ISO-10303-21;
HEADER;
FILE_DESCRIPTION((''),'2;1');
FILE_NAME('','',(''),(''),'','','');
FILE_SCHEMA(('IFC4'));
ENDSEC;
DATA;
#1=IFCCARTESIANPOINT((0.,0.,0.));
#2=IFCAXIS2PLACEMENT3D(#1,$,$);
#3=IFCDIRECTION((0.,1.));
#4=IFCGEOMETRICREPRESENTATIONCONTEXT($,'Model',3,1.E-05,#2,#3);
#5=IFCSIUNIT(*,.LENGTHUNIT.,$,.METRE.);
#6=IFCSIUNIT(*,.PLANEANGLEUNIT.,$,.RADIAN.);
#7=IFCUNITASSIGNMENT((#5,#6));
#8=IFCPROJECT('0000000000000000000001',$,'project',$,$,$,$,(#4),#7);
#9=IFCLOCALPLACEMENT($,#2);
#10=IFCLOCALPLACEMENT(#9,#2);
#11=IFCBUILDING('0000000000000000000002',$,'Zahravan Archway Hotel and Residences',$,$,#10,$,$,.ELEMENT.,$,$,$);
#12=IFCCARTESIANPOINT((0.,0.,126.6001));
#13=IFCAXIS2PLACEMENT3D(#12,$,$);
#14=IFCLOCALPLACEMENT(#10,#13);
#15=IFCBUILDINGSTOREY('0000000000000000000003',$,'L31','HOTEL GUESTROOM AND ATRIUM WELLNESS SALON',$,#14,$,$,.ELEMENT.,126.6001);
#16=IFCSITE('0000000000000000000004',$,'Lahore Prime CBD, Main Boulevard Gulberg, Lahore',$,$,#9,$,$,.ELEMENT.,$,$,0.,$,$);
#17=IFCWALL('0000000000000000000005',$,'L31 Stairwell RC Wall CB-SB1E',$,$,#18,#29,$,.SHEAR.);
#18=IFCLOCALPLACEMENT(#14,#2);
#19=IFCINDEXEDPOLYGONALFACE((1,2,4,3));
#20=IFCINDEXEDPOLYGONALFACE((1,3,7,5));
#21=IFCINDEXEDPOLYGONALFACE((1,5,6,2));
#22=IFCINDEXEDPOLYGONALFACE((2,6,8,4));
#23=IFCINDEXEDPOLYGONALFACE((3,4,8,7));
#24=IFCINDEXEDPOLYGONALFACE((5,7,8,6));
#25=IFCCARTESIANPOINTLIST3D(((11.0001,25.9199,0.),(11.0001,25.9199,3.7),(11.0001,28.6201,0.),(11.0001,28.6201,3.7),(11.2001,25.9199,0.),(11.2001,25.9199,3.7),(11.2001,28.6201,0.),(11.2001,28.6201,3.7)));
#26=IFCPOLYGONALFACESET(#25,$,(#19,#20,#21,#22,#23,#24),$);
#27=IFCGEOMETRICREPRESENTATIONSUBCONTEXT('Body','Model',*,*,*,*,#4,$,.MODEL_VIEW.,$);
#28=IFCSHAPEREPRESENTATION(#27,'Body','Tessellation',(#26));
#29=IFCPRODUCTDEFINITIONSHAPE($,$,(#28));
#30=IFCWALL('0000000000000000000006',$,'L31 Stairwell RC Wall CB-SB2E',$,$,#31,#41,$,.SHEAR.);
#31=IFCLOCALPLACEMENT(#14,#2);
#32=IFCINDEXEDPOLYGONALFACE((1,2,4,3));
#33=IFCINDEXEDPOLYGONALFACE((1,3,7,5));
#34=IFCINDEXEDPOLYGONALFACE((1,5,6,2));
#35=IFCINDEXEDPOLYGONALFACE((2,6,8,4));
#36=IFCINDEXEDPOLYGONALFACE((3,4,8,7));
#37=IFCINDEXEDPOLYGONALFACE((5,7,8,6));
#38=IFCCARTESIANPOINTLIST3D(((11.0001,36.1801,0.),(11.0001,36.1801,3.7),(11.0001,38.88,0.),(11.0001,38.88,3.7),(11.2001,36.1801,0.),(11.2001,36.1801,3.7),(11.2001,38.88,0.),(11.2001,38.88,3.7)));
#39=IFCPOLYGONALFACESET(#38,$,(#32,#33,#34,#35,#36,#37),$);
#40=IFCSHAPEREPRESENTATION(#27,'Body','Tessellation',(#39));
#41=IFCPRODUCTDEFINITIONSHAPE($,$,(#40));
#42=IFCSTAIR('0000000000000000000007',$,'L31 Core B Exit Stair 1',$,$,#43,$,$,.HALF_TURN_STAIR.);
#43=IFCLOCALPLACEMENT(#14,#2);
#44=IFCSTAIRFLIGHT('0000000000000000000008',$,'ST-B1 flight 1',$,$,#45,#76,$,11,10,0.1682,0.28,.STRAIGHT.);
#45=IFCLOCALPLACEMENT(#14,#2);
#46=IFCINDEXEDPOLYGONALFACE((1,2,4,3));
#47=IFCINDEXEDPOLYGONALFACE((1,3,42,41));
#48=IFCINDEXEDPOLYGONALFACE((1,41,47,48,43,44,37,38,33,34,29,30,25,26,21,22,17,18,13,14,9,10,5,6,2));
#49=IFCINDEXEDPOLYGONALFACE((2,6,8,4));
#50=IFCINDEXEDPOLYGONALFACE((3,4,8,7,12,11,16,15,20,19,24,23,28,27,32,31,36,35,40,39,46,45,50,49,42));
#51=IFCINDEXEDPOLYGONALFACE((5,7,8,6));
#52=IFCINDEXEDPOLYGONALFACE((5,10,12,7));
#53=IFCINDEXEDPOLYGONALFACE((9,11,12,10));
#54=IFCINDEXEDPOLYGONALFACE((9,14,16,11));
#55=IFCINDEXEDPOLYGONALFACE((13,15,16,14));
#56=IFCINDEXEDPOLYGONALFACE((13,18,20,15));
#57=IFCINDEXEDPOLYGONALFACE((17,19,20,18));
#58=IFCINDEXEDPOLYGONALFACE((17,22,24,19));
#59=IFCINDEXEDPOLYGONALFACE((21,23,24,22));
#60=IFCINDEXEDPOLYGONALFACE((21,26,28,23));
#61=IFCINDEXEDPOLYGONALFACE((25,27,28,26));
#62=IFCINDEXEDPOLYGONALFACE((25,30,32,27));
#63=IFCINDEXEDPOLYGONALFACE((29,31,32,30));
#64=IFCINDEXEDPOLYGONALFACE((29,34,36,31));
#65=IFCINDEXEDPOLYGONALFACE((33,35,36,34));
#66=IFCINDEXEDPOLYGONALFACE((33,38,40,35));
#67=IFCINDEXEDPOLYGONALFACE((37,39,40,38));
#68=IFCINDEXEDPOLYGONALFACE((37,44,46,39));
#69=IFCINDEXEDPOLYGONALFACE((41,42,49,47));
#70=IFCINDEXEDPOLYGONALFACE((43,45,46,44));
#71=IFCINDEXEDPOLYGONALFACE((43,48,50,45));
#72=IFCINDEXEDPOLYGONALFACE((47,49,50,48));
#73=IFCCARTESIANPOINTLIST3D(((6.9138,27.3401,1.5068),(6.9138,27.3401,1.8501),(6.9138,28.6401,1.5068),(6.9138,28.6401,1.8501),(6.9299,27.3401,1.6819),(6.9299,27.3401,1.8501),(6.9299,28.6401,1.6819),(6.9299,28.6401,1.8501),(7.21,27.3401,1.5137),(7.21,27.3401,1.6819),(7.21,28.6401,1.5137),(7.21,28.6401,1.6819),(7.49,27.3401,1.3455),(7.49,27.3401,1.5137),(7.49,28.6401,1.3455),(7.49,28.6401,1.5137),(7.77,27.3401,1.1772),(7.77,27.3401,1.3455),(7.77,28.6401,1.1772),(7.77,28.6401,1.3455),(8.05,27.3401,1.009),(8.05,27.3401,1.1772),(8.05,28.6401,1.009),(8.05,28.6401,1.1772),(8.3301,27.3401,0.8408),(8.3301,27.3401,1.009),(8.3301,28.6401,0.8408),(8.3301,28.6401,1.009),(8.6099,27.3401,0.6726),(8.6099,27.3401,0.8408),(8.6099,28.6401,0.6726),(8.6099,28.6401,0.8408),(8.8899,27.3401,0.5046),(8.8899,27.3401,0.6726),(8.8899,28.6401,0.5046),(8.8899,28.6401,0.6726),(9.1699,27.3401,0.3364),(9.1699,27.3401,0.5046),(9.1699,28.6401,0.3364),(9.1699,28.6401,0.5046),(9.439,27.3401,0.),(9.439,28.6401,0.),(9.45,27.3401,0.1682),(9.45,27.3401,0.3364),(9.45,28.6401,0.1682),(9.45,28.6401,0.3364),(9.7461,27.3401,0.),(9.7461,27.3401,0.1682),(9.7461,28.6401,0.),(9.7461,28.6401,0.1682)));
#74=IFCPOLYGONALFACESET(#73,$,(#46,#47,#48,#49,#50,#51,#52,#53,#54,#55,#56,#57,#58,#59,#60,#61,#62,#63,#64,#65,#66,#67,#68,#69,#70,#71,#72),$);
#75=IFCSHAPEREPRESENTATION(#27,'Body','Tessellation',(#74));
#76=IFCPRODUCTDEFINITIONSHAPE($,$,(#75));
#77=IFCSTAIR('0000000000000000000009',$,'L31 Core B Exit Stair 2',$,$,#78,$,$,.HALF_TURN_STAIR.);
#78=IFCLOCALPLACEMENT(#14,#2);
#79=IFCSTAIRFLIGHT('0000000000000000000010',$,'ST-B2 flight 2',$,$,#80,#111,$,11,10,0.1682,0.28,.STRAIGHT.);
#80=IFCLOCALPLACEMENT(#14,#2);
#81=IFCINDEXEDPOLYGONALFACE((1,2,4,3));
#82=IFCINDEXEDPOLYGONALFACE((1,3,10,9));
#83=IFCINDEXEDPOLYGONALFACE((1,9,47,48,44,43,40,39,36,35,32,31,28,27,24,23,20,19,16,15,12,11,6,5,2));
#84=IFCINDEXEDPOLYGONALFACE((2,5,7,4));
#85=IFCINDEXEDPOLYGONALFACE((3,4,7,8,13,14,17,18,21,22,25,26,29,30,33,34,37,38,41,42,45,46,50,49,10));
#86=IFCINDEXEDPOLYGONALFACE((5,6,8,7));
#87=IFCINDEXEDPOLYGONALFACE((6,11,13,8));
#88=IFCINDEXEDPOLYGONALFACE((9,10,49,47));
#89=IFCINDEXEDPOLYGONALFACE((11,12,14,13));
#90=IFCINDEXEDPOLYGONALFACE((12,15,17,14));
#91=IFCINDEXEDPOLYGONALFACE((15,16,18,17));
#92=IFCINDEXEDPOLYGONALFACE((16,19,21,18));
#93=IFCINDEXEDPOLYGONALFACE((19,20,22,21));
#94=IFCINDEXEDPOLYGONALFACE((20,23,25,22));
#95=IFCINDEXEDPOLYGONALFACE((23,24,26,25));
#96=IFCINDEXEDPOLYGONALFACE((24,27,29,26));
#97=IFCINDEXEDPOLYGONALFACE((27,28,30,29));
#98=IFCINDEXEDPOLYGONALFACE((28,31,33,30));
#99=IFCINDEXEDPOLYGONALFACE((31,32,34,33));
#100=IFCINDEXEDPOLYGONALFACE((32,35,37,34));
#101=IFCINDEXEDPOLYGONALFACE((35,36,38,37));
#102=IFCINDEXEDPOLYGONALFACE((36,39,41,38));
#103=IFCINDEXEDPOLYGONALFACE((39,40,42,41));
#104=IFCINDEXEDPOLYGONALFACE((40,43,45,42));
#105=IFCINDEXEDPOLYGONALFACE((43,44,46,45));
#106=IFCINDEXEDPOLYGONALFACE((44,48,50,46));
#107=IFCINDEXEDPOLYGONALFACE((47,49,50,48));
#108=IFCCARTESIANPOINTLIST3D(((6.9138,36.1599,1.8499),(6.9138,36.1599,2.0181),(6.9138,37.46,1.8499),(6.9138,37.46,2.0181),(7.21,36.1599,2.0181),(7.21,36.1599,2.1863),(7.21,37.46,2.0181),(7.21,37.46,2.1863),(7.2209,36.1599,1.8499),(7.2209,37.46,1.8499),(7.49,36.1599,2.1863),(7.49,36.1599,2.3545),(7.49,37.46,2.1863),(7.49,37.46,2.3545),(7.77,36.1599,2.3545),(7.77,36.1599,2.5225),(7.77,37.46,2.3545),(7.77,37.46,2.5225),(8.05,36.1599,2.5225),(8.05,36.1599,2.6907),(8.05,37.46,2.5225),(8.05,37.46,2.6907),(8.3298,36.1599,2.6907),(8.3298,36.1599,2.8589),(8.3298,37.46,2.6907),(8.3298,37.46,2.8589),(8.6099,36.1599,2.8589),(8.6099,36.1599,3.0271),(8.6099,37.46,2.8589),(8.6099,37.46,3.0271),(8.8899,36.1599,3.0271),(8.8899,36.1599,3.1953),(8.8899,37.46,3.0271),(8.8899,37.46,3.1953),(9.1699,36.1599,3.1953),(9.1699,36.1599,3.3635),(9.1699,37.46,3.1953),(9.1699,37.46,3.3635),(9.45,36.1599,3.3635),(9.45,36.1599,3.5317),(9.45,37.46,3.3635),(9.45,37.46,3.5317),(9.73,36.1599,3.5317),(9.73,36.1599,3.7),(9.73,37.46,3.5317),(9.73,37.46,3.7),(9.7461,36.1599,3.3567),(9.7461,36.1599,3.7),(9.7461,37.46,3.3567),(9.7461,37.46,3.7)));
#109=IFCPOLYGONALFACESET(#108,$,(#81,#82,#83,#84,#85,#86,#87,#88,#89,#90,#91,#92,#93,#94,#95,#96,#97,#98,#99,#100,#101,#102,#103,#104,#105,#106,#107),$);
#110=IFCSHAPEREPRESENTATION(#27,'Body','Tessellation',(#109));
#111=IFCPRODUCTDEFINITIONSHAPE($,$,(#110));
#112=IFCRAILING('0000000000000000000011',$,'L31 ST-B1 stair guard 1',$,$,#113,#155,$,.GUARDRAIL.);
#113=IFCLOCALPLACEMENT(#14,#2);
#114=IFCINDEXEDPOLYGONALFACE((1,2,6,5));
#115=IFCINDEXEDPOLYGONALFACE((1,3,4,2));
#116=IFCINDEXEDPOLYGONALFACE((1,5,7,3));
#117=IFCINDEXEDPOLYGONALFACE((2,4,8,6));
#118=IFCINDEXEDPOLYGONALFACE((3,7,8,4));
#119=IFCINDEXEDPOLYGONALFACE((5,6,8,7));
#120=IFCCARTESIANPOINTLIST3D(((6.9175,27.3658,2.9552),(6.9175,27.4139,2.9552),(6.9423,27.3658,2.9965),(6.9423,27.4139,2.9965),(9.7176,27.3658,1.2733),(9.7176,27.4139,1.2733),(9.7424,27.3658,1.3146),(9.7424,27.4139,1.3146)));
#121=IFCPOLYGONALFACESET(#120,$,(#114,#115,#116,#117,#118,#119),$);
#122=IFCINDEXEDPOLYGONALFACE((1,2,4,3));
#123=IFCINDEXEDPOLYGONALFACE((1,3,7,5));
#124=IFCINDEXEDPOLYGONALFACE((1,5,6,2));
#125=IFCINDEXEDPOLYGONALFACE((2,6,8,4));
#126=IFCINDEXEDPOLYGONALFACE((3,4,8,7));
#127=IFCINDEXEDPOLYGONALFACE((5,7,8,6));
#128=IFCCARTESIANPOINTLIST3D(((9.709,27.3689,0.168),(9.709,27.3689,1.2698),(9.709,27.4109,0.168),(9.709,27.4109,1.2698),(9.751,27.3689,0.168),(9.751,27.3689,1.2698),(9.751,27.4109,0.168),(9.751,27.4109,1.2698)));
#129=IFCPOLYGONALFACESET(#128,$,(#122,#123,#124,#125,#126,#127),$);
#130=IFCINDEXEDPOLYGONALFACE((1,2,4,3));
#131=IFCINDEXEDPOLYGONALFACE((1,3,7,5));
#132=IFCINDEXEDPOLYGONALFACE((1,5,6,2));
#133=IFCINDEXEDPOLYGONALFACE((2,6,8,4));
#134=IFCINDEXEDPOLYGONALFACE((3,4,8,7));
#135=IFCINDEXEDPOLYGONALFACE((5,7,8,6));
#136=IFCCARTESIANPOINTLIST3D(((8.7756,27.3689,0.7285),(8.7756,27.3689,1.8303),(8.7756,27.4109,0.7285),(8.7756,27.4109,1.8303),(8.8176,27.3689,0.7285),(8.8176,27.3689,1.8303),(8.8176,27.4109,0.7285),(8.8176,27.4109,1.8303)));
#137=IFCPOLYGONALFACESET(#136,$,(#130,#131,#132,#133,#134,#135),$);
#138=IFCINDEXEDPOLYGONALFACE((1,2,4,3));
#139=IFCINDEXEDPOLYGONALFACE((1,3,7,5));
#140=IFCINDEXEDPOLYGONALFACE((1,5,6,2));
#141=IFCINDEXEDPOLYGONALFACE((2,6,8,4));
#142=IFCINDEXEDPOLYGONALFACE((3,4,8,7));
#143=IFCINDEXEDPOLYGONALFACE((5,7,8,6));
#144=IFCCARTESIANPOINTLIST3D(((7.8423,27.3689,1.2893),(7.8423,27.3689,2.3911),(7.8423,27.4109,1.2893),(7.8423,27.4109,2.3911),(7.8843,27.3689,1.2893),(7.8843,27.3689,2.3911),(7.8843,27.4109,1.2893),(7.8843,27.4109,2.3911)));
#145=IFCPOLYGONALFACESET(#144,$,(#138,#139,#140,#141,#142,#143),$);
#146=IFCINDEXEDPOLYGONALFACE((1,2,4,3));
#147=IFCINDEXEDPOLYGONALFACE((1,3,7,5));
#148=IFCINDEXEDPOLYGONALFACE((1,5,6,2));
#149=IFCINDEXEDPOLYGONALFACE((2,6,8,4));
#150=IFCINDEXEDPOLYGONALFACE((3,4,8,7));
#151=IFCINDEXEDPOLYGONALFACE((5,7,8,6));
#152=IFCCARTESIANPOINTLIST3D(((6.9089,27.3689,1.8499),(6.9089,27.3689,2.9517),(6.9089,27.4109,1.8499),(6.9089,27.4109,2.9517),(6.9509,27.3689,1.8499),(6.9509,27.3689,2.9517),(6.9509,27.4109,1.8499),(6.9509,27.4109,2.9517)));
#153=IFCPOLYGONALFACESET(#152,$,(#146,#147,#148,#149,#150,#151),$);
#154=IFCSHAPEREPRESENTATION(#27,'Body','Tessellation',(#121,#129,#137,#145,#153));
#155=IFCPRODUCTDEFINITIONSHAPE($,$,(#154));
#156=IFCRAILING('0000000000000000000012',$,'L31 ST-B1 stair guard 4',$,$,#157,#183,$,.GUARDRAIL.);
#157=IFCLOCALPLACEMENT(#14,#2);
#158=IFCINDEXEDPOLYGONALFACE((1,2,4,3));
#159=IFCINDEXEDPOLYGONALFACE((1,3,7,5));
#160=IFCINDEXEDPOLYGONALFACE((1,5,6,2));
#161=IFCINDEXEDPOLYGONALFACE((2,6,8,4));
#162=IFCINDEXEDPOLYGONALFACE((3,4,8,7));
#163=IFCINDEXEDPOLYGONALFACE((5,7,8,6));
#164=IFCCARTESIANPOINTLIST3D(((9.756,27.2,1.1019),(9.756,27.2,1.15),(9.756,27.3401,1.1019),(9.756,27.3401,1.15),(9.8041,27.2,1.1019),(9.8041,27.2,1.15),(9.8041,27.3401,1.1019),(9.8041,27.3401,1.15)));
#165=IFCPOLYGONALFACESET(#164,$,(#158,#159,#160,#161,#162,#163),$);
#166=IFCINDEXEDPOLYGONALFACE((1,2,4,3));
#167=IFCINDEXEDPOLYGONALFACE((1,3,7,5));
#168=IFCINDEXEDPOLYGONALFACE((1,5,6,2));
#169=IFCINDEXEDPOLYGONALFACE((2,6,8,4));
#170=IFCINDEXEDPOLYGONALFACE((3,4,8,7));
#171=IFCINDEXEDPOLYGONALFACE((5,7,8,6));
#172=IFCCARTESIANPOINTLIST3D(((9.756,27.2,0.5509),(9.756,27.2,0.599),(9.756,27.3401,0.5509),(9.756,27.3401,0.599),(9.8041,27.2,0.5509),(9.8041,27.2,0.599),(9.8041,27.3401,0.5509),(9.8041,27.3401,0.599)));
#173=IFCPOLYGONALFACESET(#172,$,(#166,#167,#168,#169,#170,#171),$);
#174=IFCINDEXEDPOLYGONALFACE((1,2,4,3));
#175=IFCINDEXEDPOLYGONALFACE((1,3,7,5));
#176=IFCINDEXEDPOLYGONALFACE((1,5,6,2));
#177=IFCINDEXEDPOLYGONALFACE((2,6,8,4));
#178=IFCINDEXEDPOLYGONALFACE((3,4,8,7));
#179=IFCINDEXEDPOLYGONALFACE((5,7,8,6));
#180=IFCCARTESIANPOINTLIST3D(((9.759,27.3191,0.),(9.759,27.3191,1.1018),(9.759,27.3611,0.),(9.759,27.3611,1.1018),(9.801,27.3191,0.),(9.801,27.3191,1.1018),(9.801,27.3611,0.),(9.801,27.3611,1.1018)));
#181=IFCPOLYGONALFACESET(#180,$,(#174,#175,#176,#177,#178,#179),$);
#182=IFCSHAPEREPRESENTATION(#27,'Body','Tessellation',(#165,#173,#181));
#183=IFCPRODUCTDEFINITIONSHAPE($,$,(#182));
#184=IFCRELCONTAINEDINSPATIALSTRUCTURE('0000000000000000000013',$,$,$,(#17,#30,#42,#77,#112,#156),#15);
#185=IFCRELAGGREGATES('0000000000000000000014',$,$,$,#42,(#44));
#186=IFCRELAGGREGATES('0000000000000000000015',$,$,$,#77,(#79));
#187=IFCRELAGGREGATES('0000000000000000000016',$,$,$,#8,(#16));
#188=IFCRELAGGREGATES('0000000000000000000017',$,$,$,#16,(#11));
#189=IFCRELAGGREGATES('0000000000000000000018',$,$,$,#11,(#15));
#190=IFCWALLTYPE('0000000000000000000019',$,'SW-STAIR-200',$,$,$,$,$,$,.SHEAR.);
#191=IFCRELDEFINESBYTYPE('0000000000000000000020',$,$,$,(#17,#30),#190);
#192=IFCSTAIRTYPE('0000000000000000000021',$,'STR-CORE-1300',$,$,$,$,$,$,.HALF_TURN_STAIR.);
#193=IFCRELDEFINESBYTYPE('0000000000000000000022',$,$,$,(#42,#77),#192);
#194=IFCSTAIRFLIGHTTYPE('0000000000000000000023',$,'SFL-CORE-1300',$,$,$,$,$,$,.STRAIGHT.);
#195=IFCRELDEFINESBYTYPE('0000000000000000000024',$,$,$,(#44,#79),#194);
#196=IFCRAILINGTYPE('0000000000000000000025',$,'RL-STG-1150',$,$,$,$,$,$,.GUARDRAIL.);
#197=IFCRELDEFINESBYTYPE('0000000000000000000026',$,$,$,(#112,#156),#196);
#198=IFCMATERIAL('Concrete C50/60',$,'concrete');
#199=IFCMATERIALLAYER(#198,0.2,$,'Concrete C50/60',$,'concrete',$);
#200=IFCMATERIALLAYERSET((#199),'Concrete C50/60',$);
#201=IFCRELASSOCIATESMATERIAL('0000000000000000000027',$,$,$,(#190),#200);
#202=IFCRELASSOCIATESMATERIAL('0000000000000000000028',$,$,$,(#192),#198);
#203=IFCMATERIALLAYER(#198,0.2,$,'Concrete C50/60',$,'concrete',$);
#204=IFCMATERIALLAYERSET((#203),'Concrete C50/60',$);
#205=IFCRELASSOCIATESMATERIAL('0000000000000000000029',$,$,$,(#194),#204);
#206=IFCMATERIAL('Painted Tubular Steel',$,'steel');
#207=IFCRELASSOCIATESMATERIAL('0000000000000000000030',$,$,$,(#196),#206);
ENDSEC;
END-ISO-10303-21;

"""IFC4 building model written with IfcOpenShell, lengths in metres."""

from ifc_helpers import new_model, si_unit, direction, frame, frame_2d, origin, origin_2d, place, context, subcontext, project, spatial, polyline, rectangle, outline, extrude, source, transform, mapped, material, layer, layer_set, type_object, element, aggregate, save


model = new_model("IFC4")

# Units and contexts
model_context = context("Model", 3, precision=1e-05, world=origin(), true_north=direction((0.0, 1.0)))
body_context = subcontext(model_context, "Body", "Model", "MODEL_VIEW")
ifc_project = project(units=[si_unit("LENGTHUNIT", "METRE"), si_unit("PLANEANGLEUNIT", "RADIAN")], contexts=[model_context])

# Site, building, storey
site_placement = place(None, origin())
site = spatial("IfcSite", under=ifc_project, at=site_placement, Name="Lahore Prime CBD, Main Boulevard Gulberg, Lahore", CompositionType="ELEMENT", RefElevation=0.0)
building_placement = place(site_placement, origin())
building = spatial("IfcBuilding", under=site, at=building_placement, Name="Zahravan Archway Hotel and Residences", CompositionType="ELEMENT")
storey_placement = place(building_placement, frame((0.0, 0.0, 126.6001)))
storey = spatial("IfcBuildingStorey", under=building, at=storey_placement, Name="L31", Description="HOTEL GUESTROOM AND ATRIUM WELLNESS SALON", CompositionType="ELEMENT", Elevation=126.6001)

# Walls
ifc_material_1 = material(Name="Concrete C50/60", Category="concrete")
ifc_layer_1 = layer(ifc_material_1, 0.2, Name="Concrete C50/60", Category="concrete")
ifc_layer_set_1 = layer_set([ifc_layer_1], Name="Concrete C50/60")
wall_type_1 = type_object("IfcWallType", Name="SW-STAIR-200", PredefinedType="SHEAR", material=ifc_layer_set_1)
wall_1_placement = place(storey_placement, frame((11.1001, 25.9199, 0.0), z_axis=(0.0, 0.0, 1.0), x_axis=(0.0, 1.0, 0.0)))
element("IfcWall", 1, at=wall_1_placement, inside=storey, type_object=wall_type_1, Name="L31 Stairwell RC Wall CB-SB1E", PredefinedType="SHEAR", context=body_context, shape_type="SweptSolid", body=[
    extrude(rectangle(XDim=2.7002, YDim=0.2, at=frame_2d((1.3501, 0.0))), origin(), (0.0, 0.0, 1.0), 3.7),
])
wall_2_placement = place(storey_placement, frame((11.1001, 36.1799, 0.0), z_axis=(0.0, 0.0, 1.0), x_axis=(0.0, 1.0, 0.0)))
element("IfcWall", 2, at=wall_2_placement, inside=storey, type_object=wall_type_1, Name="L31 Stairwell RC Wall CB-SB2E", PredefinedType="SHEAR", context=body_context, shape_type="SweptSolid", body=[
    extrude(rectangle(XDim=2.7, YDim=0.2, at=frame_2d((1.3501, 0.0))), origin(), (0.0, 0.0, 1.0), 3.7),
])

# Stairs, stair flights
stair_type = type_object("IfcStairType", Name="STR-CORE-1300", PredefinedType="HALF_TURN_STAIR", material=ifc_material_1)
stair_1_placement = place(storey_placement, origin())
stair_1 = element("IfcStair", 3, at=stair_1_placement, inside=storey, type_object=stair_type, Name="L31 Core B Exit Stair 1", PredefinedType="HALF_TURN_STAIR")
ifc_layer_2 = layer(ifc_material_1, 0.2, Name="Concrete C50/60", Category="concrete")
ifc_layer_set_2 = layer_set([ifc_layer_2], Name="Concrete C50/60")
stair_flight_type = type_object("IfcStairFlightType", Name="SFL-CORE-1300", PredefinedType="STRAIGHT", material=ifc_layer_set_2)
shared_shape_1 = source(origin(), body_context, "Body", "SweptSolid", [
    extrude(outline(polyline([(-0.0161, 0.0), (-0.0161, 0.1682), (0.28, 0.1682), (0.28, 0.3364), (0.5601, 0.3364), (0.5601, 0.5046), (0.8401, 0.5046), (0.8401, 0.6726), (1.1201, 0.6726), (1.1201, 0.8408), (1.3999, 0.8408), (1.3999, 1.009), (1.6799, 1.009), (1.6799, 1.1772), (1.96, 1.1772), (1.96, 1.3455), (2.24, 1.3455), (2.24, 1.5137), (2.52, 1.5137), (2.52, 1.6819), (2.8, 1.6819), (2.8, 1.8501), (2.8162, 1.8501), (2.8162, 1.5068), (0.291, 0.0), (-0.0161, 0.0)])), frame((0.0, 0.6499, 0.0), z_axis=(0.0, -1.0, 0.0), x_axis=(1.0, 0.0, 0.0)), (0.0, 0.0, 1.0), 1.3),
])
stair_flight_1_placement = place(storey_placement, frame((9.73, 27.99, 0.0), z_axis=(0.0, 0.0, 1.0), x_axis=(-1.0, 0.0, 0.0)))
stair_flight_1 = element("IfcStairFlight", 4, at=stair_flight_1_placement, type_object=stair_flight_type, Name="ST-B1 flight 1", NumberOfRisers=11, NumberOfTreads=10, PredefinedType="STRAIGHT", RiserHeight=0.1682, TreadLength=0.28, context=body_context, shape_type="MappedRepresentation", body=[
    mapped(shared_shape_1, transform((0.0, 0.0, 0.0), scale=1.0)),
])
aggregate(stair_1, [stair_flight_1])
stair_2_placement = place(storey_placement, origin())
stair_2 = element("IfcStair", 5, at=stair_2_placement, inside=storey, type_object=stair_type, Name="L31 Core B Exit Stair 2", PredefinedType="HALF_TURN_STAIR")
stair_flight_2_placement = place(storey_placement, frame((6.9299, 36.8101, 1.8499), z_axis=(0.0, 0.0, 1.0), x_axis=(1.0, 0.0, 0.0)))
stair_flight_2 = element("IfcStairFlight", 6, at=stair_flight_2_placement, type_object=stair_flight_type, Name="ST-B2 flight 2", NumberOfRisers=11, NumberOfTreads=10, PredefinedType="STRAIGHT", RiserHeight=0.1682, TreadLength=0.28, context=body_context, shape_type="MappedRepresentation", body=[
    mapped(shared_shape_1, transform((0.0, 0.0, 0.0), scale=1.0)),
])
aggregate(stair_2, [stair_flight_2])

# Railings
ifc_material_2 = material(Name="Painted Tubular Steel", Category="steel")
railing_type_1 = type_object("IfcRailingType", Name="RL-STG-1150", PredefinedType="GUARDRAIL", material=ifc_material_2)
railing_1_placement = place(storey_placement, frame((9.73, 27.3899, 0.168)))
element("IfcRailing", 7, at=railing_1_placement, inside=storey, type_object=railing_type_1, Name="L31 ST-B1 stair guard 1", PredefinedType="GUARDRAIL", context=body_context, shape_type="SweptSolid", body=[
    extrude(rectangle(XDim=0.0481, YDim=0.0481, at=origin_2d()), frame((0.0, 0.0, 1.126), z_axis=(-0.857242, 0.0, 0.514913), x_axis=(0.0, -1.0, 0.0)), (0.0, 0.0, 1.0), 3.2664),
    extrude(rectangle(XDim=0.042, YDim=0.042, at=origin_2d()), origin(), (0.0, 0.0, 1.0), 1.1018),
    extrude(rectangle(XDim=0.042, YDim=0.042, at=origin_2d()), frame((-0.9333, 0.0, 0.5605)), (0.0, 0.0, 1.0), 1.1018),
    extrude(rectangle(XDim=0.042, YDim=0.042, at=origin_2d()), frame((-1.8667, 0.0, 1.1213)), (0.0, 0.0, 1.0), 1.1018),
    extrude(rectangle(XDim=0.042, YDim=0.042, at=origin_2d()), frame((-2.8, 0.0, 1.6819)), (0.0, 0.0, 1.0), 1.1018),
])
railing_2_placement = place(storey_placement, frame((9.78, 27.3401, 0.0)))
element("IfcRailing", 8, at=railing_2_placement, inside=storey, type_object=railing_type_1, Name="L31 ST-B1 stair guard 4", PredefinedType="GUARDRAIL", context=body_context, shape_type="SweptSolid", body=[
    extrude(rectangle(XDim=0.0481, YDim=0.0481, at=origin_2d()), frame((0.0, 0.0, 1.126), z_axis=(0.0, -1.0, 0.0), x_axis=(1.0, 0.0, 0.0)), (0.0, 0.0, 1.0), 0.1401),
    extrude(rectangle(XDim=0.0481, YDim=0.0481, at=origin_2d()), frame((0.0, 0.0, 0.575), z_axis=(0.0, -1.0, 0.0), x_axis=(1.0, 0.0, 0.0)), (0.0, 0.0, 1.0), 0.1401),
    extrude(rectangle(XDim=0.042, YDim=0.042, at=origin_2d()), origin(), (0.0, 0.0, 1.0), 1.1018),
])

save(model, "model.ifc")
